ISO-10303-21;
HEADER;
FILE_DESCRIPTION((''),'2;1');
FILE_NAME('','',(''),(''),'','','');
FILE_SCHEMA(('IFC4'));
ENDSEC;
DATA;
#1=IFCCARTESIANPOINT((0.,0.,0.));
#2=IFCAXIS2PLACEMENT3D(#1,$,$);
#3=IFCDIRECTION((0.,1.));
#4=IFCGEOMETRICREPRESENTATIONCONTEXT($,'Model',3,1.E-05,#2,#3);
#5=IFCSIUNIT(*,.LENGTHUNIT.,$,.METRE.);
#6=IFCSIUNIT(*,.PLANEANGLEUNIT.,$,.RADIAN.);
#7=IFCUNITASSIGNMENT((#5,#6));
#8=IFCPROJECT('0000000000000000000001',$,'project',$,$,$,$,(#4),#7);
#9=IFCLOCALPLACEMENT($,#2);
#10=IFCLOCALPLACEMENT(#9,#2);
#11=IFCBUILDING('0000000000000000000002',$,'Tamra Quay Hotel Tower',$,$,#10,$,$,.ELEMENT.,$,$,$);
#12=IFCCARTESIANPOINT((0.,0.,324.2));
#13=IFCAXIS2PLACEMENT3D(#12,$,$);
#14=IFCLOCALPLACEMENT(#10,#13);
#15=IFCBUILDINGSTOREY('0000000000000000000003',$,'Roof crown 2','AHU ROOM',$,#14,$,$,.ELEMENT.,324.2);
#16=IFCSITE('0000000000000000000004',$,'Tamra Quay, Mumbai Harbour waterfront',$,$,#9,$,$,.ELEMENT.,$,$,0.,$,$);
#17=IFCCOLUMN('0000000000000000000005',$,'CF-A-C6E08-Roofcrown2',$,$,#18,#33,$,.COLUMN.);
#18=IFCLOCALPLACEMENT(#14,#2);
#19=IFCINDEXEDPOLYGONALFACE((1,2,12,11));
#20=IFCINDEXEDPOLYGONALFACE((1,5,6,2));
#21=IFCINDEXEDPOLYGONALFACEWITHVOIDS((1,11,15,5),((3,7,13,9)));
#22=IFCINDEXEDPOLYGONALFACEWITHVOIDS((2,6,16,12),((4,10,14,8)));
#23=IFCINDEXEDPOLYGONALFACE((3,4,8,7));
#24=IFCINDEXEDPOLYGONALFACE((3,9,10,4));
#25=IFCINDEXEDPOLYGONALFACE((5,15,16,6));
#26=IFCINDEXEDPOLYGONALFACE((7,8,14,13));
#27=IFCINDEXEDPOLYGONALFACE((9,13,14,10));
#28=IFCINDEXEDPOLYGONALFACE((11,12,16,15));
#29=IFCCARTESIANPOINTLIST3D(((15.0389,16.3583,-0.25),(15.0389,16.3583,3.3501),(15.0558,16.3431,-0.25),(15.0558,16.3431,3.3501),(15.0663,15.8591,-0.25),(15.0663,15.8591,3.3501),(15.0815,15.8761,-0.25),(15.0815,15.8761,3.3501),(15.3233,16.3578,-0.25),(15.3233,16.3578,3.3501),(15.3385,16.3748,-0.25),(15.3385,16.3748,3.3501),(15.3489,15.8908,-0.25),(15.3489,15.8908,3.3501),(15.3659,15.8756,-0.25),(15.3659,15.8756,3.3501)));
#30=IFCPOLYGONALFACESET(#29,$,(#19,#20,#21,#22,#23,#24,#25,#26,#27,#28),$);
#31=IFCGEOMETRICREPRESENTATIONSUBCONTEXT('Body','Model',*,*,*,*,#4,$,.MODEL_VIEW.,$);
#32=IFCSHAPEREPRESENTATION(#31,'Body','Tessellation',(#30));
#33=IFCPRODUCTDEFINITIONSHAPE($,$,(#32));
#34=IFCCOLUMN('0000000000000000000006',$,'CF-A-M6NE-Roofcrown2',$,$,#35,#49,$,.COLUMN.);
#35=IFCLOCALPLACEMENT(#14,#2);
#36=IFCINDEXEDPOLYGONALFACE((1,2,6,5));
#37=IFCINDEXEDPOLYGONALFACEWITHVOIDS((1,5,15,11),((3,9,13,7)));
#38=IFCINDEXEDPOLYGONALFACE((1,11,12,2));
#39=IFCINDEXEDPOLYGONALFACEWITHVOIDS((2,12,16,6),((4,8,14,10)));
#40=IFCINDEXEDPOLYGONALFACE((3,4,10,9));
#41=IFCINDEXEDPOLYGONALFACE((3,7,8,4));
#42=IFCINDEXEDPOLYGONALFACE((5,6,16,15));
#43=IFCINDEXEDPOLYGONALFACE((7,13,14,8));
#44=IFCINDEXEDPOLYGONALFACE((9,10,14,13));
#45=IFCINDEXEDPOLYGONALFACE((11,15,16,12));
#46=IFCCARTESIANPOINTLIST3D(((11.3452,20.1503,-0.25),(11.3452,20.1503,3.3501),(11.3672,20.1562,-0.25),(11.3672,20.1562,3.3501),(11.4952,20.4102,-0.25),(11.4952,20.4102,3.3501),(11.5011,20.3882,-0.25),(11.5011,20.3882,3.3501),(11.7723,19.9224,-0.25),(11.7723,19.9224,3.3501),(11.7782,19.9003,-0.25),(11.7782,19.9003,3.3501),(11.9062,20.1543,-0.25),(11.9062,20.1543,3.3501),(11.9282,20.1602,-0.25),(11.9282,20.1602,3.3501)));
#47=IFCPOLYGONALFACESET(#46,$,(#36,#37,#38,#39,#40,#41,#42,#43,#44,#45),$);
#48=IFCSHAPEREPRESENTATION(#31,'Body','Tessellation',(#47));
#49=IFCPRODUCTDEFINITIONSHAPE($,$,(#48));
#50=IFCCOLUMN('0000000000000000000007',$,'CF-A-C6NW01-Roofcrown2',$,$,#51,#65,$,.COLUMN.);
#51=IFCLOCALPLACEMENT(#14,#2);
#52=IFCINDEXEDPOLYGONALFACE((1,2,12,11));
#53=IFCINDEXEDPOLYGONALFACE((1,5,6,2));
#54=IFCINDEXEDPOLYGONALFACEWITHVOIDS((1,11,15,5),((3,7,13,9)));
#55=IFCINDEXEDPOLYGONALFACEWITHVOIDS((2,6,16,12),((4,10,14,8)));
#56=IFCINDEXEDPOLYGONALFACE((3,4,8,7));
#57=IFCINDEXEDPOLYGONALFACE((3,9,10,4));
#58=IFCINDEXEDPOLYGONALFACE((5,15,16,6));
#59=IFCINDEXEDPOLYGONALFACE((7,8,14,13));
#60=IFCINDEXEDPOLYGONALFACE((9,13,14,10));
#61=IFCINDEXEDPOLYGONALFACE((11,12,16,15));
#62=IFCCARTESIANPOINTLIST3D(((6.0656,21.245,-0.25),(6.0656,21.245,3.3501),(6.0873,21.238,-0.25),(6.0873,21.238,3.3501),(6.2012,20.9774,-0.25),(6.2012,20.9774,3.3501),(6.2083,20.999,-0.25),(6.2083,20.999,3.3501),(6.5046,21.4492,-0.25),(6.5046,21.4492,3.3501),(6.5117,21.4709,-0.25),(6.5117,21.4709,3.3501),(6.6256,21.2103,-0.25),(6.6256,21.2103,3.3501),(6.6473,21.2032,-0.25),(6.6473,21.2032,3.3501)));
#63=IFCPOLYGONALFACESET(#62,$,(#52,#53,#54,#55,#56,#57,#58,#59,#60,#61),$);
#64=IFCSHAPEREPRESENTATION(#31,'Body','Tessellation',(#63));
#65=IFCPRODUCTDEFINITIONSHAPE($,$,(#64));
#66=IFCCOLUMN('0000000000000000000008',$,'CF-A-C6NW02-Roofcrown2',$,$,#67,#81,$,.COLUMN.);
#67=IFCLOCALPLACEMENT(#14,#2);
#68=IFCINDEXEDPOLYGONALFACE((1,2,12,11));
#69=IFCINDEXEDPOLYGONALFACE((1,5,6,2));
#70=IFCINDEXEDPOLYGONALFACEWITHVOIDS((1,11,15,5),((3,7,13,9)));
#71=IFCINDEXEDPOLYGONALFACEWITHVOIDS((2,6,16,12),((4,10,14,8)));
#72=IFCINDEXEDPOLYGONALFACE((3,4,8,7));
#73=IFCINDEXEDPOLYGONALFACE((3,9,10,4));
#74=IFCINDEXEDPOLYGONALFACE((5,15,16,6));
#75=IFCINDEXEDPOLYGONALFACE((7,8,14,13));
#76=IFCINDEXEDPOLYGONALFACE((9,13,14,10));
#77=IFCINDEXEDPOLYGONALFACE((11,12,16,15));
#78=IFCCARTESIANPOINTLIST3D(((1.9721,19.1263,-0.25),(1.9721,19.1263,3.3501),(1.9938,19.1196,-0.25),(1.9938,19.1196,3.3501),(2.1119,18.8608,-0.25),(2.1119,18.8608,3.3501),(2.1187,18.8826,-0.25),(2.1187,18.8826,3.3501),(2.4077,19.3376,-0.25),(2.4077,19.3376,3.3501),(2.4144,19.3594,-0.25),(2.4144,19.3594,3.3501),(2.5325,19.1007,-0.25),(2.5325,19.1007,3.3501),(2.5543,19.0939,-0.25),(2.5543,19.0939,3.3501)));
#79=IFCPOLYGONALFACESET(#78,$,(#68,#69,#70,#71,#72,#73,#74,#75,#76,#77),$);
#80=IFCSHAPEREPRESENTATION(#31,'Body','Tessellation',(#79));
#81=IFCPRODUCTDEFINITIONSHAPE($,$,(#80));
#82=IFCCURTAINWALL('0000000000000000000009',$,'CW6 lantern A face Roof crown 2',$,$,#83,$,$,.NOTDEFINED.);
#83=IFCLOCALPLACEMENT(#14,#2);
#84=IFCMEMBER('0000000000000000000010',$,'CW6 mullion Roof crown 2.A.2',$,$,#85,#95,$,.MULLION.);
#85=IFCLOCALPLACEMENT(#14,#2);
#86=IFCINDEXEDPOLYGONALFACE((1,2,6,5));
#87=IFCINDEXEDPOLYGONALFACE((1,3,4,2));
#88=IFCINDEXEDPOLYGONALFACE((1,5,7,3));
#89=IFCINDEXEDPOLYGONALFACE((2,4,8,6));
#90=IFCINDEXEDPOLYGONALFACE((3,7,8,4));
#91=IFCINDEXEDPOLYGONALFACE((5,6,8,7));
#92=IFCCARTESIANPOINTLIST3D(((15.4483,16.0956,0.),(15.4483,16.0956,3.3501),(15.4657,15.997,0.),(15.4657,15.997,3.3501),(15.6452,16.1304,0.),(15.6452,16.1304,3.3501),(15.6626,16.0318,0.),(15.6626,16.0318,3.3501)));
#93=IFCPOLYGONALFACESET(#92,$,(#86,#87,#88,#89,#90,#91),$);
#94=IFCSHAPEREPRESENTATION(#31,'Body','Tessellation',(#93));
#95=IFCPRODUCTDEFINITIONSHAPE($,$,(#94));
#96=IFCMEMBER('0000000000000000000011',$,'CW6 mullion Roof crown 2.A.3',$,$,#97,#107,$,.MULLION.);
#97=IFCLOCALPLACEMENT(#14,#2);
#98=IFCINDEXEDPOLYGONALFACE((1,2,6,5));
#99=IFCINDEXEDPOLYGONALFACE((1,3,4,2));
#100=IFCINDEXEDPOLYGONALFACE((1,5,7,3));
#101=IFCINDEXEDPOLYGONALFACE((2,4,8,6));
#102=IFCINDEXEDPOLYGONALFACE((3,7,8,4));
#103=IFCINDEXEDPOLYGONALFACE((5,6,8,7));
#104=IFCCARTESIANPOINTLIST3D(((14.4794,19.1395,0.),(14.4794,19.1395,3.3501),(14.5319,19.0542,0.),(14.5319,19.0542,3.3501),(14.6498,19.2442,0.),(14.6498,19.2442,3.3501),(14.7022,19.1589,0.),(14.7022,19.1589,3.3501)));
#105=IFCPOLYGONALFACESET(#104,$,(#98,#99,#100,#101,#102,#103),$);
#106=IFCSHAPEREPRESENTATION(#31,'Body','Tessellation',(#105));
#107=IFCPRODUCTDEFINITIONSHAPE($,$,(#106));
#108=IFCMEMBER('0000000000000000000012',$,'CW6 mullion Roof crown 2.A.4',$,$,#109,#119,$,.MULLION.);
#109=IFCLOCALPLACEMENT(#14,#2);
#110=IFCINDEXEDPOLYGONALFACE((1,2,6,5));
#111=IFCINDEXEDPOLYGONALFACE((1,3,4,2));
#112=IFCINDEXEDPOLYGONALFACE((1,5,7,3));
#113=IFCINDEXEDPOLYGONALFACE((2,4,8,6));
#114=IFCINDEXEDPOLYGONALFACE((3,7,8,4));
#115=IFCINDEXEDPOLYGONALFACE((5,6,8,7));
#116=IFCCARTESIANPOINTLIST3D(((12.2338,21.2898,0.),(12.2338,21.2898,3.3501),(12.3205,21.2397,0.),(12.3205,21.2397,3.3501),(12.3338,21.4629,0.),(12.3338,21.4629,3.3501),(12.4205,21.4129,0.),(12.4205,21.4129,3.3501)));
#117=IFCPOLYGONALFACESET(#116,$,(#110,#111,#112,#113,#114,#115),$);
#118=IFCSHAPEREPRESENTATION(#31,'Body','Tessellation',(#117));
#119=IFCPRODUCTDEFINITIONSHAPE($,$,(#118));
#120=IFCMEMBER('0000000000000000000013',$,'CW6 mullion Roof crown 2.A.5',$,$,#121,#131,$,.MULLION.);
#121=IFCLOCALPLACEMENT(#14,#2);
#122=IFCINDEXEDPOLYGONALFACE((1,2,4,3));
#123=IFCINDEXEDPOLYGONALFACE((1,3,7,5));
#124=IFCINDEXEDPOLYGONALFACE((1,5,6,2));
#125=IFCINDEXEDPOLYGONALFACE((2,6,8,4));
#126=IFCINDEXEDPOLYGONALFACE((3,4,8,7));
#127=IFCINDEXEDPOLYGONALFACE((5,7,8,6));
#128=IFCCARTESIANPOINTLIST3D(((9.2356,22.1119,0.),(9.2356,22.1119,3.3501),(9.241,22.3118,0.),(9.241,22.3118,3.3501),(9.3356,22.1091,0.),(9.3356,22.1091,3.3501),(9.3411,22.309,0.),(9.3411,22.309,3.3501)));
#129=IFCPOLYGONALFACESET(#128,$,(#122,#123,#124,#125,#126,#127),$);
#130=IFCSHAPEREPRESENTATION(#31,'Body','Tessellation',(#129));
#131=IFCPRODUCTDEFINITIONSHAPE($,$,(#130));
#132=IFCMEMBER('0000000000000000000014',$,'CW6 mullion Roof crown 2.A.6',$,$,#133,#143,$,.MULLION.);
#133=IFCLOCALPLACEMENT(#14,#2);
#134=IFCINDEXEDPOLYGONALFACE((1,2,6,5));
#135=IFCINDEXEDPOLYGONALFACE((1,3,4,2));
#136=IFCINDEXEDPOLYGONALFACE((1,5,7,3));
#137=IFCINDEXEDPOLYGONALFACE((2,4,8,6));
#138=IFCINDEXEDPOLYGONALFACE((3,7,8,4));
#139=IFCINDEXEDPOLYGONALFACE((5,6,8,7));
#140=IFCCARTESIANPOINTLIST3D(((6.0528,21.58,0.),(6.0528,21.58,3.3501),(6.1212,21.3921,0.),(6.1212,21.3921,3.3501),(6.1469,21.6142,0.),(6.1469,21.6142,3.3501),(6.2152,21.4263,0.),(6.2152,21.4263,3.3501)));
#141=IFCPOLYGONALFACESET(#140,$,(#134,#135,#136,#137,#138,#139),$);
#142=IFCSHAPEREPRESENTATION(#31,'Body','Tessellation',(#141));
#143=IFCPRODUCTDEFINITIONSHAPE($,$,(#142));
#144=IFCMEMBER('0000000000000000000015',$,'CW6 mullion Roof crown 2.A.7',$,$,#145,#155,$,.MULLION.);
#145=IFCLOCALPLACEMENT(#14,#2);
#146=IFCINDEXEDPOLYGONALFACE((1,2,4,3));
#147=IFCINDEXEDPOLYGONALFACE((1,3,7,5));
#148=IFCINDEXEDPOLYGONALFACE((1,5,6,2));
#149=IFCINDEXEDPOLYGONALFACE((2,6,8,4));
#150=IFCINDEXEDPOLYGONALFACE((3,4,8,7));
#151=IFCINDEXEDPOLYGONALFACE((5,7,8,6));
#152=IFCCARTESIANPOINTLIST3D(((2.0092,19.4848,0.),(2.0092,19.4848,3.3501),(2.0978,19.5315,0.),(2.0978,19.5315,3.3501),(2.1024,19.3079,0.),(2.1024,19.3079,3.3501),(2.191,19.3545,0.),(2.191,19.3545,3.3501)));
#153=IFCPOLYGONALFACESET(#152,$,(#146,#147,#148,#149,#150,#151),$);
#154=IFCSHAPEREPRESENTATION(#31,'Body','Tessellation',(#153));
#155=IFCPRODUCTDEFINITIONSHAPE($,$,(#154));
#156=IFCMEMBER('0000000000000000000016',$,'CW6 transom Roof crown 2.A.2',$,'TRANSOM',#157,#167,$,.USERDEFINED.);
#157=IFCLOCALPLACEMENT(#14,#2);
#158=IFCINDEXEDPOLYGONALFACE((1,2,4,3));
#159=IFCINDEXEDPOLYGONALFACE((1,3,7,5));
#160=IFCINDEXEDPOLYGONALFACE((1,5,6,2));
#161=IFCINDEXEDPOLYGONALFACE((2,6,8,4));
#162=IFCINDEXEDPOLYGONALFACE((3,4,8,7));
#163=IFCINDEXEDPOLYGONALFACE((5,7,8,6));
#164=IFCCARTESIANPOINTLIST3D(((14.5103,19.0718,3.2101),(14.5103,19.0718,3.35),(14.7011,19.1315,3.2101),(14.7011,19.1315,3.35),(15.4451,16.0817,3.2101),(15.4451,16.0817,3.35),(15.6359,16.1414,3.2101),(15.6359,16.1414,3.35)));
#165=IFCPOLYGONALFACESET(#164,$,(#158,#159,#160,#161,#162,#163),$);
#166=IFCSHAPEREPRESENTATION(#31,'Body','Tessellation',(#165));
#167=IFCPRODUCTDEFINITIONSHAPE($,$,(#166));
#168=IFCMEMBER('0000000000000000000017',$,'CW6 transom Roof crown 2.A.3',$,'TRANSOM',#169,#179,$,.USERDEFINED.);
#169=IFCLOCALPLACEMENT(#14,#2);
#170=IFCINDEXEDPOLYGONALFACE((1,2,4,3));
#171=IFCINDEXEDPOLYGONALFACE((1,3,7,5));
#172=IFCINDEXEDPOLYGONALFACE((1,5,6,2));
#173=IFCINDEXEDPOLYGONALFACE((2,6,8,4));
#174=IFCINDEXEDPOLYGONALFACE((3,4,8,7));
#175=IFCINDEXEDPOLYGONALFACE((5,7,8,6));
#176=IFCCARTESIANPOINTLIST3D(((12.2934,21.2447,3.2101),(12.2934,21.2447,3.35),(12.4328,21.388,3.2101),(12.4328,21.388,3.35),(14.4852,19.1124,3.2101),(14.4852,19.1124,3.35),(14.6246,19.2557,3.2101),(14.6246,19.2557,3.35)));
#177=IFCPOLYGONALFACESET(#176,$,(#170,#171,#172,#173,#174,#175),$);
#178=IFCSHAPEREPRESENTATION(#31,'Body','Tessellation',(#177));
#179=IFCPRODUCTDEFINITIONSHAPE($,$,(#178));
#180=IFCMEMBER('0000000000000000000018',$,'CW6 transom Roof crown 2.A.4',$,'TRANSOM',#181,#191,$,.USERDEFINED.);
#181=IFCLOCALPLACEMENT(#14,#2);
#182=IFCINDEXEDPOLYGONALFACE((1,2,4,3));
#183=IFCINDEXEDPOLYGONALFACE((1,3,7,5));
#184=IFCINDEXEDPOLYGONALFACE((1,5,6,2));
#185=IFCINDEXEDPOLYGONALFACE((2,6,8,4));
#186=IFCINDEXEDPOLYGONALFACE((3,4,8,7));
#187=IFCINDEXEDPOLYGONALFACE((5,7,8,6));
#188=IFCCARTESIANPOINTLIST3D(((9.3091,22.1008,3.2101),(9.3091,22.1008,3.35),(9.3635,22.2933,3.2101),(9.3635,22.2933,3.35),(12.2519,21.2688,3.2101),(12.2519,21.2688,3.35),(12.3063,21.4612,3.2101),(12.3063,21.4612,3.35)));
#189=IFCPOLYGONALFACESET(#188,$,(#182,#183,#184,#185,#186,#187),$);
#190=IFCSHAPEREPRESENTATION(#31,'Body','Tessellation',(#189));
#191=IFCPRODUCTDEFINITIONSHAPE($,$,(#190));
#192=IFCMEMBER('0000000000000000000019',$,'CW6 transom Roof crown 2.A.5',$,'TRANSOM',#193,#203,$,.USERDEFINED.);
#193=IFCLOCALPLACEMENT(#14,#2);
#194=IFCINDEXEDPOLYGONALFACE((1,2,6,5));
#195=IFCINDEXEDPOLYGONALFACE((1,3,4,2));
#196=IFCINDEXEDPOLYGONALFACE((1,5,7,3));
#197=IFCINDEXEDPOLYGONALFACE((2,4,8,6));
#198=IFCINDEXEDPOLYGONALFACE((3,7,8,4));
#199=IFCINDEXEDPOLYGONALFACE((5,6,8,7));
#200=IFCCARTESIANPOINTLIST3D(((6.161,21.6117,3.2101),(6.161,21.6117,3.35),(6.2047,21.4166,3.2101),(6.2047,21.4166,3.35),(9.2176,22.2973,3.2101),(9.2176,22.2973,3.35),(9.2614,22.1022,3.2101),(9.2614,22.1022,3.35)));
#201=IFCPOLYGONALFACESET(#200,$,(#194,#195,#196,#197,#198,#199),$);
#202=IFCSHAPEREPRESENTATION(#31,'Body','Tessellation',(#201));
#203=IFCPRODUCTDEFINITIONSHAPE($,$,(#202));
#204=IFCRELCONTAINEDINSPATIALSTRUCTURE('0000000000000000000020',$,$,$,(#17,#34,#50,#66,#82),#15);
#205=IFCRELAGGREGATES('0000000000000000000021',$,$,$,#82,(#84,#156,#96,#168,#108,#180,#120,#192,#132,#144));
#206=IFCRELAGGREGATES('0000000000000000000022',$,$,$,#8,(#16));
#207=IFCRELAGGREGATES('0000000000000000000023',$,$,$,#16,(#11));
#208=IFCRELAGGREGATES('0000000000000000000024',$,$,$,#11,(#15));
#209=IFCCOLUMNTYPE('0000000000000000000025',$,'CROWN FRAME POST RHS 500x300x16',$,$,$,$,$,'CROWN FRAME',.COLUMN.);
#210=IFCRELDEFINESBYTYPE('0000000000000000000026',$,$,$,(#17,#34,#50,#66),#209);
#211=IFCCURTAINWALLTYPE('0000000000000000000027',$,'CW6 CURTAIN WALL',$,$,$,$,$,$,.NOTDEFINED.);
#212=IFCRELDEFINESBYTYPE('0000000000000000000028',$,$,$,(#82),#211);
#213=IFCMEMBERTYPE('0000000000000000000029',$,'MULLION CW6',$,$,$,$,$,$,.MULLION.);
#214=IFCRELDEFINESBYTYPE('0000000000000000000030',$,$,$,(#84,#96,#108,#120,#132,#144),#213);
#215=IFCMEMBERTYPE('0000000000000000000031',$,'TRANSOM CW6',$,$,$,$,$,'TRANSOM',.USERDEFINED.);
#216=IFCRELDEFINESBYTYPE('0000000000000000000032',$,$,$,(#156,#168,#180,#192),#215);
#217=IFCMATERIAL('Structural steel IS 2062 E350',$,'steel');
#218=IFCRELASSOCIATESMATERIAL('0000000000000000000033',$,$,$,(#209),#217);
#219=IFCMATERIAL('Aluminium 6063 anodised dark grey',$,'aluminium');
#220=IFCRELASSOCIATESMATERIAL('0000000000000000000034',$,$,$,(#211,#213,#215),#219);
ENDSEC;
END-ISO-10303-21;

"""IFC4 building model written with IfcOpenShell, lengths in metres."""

from ifc_helpers import new_model, si_unit, direction, frame, origin, origin_2d, place, context, subcontext, project, spatial, rectangle, hollow_rectangle, extrude, material, material_profile, profile_set, type_object, element, aggregate, save


model = new_model("IFC4")

# Units and contexts
model_context = context("Model", 3, precision=1e-05, world=origin(), true_north=direction((0.0, 1.0)))
body_context = subcontext(model_context, "Body", "Model", "MODEL_VIEW")
ifc_project = project(units=[si_unit("LENGTHUNIT", "METRE"), si_unit("PLANEANGLEUNIT", "RADIAN")], contexts=[model_context])

# Site, building, storey
site_placement = place(None, origin())
site = spatial("IfcSite", under=ifc_project, at=site_placement, Name="Tamra Quay, Mumbai Harbour waterfront", CompositionType="ELEMENT", RefElevation=0.0)
building_placement = place(site_placement, origin())
building = spatial("IfcBuilding", under=site, at=building_placement, Name="Tamra Quay Hotel Tower", CompositionType="ELEMENT")
storey_placement = place(building_placement, frame((0.0, 0.0, 324.2)))
storey = spatial("IfcBuildingStorey", under=building, at=storey_placement, Name="Roof crown 2", Description="AHU ROOM", CompositionType="ELEMENT", Elevation=324.2)

# Columns
ifc_material_1 = material(Name="Structural steel IS 2062 E350", Category="steel")
ifc_material_profile_1 = material_profile(ifc_material_1, hollow_rectangle(XDim=0.3, YDim=0.5, WallThickness=0.0161, at=origin_2d()), Name="RHS 500x300x16")
ifc_profile_set_1 = profile_set([ifc_material_profile_1], Name="Structural steel IS 2062 E350")
column_type = type_object("IfcColumnType", Name="CROWN FRAME POST RHS 500x300x16", ElementType="CROWN FRAME", PredefinedType="COLUMN", material=ifc_profile_set_1)
for number, where, z_axis, x_axis, name in (
    (1, (15.2024, 16.1169, -0.25), (0.0, 0.0, 1.0), (0.998491, 0.054917, 0.0), "CF-A-C6E08-Roofcrown2"),
    (2, (11.6367, 20.1553, -0.25), (0.0, 0.0, 1.0), (0.5, 0.866025, 0.0), "CF-A-M6NE-Roofcrown2"),
    (3, (6.3564, 21.2241, -0.25), (0.0, 0.0, 1.0), (-0.451686, 0.892177, 0.0), "CF-A-C6NW01-Roofcrown2"),
    (4, (2.2632, 19.1101, -0.25), (0.0, 0.0, 1.0), (-0.466118, 0.884723, 0.0), "CF-A-C6NW02-Roofcrown2"),
):
    element("IfcColumn", number, at=place(storey_placement, frame(where, z_axis=z_axis, x_axis=x_axis)), inside=storey, type_object=column_type, Name=name, PredefinedType="COLUMN", context=body_context, shape_type="SweptSolid", body=[
        extrude(hollow_rectangle(XDim=0.3, YDim=0.5, WallThickness=0.0161, at=origin_2d()), origin(), (0.0, 0.0, 1.0), 3.6001),
    ])

# Curtain wall, members
ifc_material_2 = material(Name="Aluminium 6063 anodised dark grey", Category="aluminium")
curtain_wall_type = type_object("IfcCurtainWallType", Name="CW6 CURTAIN WALL", PredefinedType="NOTDEFINED", material=ifc_material_2)
curtain_wall_placement = place(storey_placement, origin())
curtain_wall = element("IfcCurtainWall", 5, at=curtain_wall_placement, inside=storey, type_object=curtain_wall_type, Name="CW6 lantern A face Roof crown 2", PredefinedType="NOTDEFINED")
ifc_material_profile_2 = material_profile(ifc_material_2, rectangle(XDim=0.2, YDim=0.1001, at=origin_2d()), Name="MULLION 100X200")
ifc_profile_set_2 = profile_set([ifc_material_profile_2], Name="Aluminium 6063 anodised dark grey")
member_type_1 = type_object("IfcMemberType", Name="MULLION CW6", PredefinedType="MULLION", material=ifc_profile_set_2)
member_1_placement = place(storey_placement, frame((15.5554, 16.0637, 0.0), z_axis=(0.0, 0.0, 1.0), x_axis=(0.98474, 0.174032, 0.0)))
member_1 = element("IfcMember", 6, at=member_1_placement, type_object=member_type_1, Name="CW6 mullion Roof crown 2.A.2", PredefinedType="MULLION", context=body_context, shape_type="SweptSolid", body=[
    extrude(rectangle(XDim=0.2, YDim=0.1001, at=origin_2d()), origin(), (0.0, 0.0, 1.0), 3.3501),
])
member_2_placement = place(storey_placement, frame((14.5908, 19.1492, 0.0), z_axis=(0.0, 0.0, 1.0), x_axis=(0.851964, 0.5236, 0.0)))
member_2 = element("IfcMember", 7, at=member_2_placement, type_object=member_type_1, Name="CW6 mullion Roof crown 2.A.3", PredefinedType="MULLION", context=body_context, shape_type="SweptSolid", body=[
    extrude(rectangle(XDim=0.2, YDim=0.1001, at=origin_2d()), origin(), (0.0, 0.0, 1.0), 3.3501),
])
member_3_placement = place(storey_placement, frame((12.3271, 21.3513, 0.0), z_axis=(0.0, 0.0, 1.0), x_axis=(0.5, 0.866025, 0.0)))
member_3 = element("IfcMember", 8, at=member_3_placement, type_object=member_type_1, Name="CW6 mullion Roof crown 2.A.4", PredefinedType="MULLION", context=body_context, shape_type="SweptSolid", body=[
    extrude(rectangle(XDim=0.2, YDim=0.1001, at=origin_2d()), origin(), (0.0, 0.0, 1.0), 3.3501),
])
member_4_placement = place(storey_placement, frame((9.2883, 22.2104, 0.0), z_axis=(0.0, 0.0, 1.0), x_axis=(0.027469, 0.999623, 0.0)))
member_4 = element("IfcMember", 9, at=member_4_placement, type_object=member_type_1, Name="CW6 mullion Roof crown 2.A.5", PredefinedType="MULLION", context=body_context, shape_type="SweptSolid", body=[
    extrude(rectangle(XDim=0.2, YDim=0.1001, at=origin_2d()), origin(), (0.0, 0.0, 1.0), 3.3501),
])
member_5_placement = place(storey_placement, frame((6.134, 21.5032, 0.0), z_axis=(0.0, 0.0, 1.0), x_axis=(-0.341653, 0.939826, 0.0)))
member_5 = element("IfcMember", 10, at=member_5_placement, type_object=member_type_1, Name="CW6 mullion Roof crown 2.A.6", PredefinedType="MULLION", context=body_context, shape_type="SweptSolid", body=[
    extrude(rectangle(XDim=0.2, YDim=0.1001, at=origin_2d()), origin(), (0.0, 0.0, 1.0), 3.3501),
])
member_6_placement = place(storey_placement, frame((2.1001, 19.4197, 0.0), z_axis=(0.0, 0.0, 1.0), x_axis=(-0.465816, 0.884882, 0.0)))
member_6 = element("IfcMember", 11, at=member_6_placement, type_object=member_type_1, Name="CW6 mullion Roof crown 2.A.7", PredefinedType="MULLION", context=body_context, shape_type="SweptSolid", body=[
    extrude(rectangle(XDim=0.2, YDim=0.1001, at=origin_2d()), origin(), (0.0, 0.0, 1.0), 3.3501),
])
ifc_material_profile_3 = material_profile(ifc_material_2, rectangle(XDim=0.2, YDim=0.1399, at=origin_2d()), Name="TRANSOM 200X140")
ifc_profile_set_3 = profile_set([ifc_material_profile_3], Name="Aluminium 6063 anodised dark grey")
member_type_2 = type_object("IfcMemberType", Name="TRANSOM CW6", ElementType="TRANSOM", PredefinedType="USERDEFINED", material=ifc_profile_set_3)
member_7_placement = place(storey_placement, frame((15.5405, 16.1116, 3.28), z_axis=(-0.298404, 0.95444, 0.0), x_axis=(-0.95444, -0.298404, 0.0)))
member_7 = element("IfcMember", 12, at=member_7_placement, type_object=member_type_2, Name="CW6 transom Roof crown 2.A.2", ObjectType="TRANSOM", PredefinedType="USERDEFINED", context=body_context, shape_type="SweptSolid", body=[
    extrude(rectangle(XDim=0.2, YDim=0.1399, at=origin_2d()), origin(), (0.0, 0.0, 1.0), 3.1328),
])
member_8_placement = place(storey_placement, frame((14.5549, 19.1841, 3.28), z_axis=(-0.71678, 0.6973, 0.0), x_axis=(-0.6973, -0.71678, 0.0)))
member_8 = element("IfcMember", 13, at=member_8_placement, type_object=member_type_2, Name="CW6 transom Roof crown 2.A.3", ObjectType="TRANSOM", PredefinedType="USERDEFINED", context=body_context, shape_type="SweptSolid", body=[
    extrude(rectangle(XDim=0.2, YDim=0.1399, at=origin_2d()), origin(), (0.0, 0.0, 1.0), 3.0579),
])
member_9_placement = place(storey_placement, frame((12.2791, 21.365, 3.28), z_axis=(-0.962274, 0.272084, 0.0), x_axis=(-0.272084, -0.962274, 0.0)))
member_9 = element("IfcMember", 14, at=member_9_placement, type_object=member_type_2, Name="CW6 transom Roof crown 2.A.4", ObjectType="TRANSOM", PredefinedType="USERDEFINED", context=body_context, shape_type="SweptSolid", body=[
    extrude(rectangle(XDim=0.2, YDim=0.1399, at=origin_2d()), origin(), (0.0, 0.0, 1.0), 3.0581),
])
member_10_placement = place(storey_placement, frame((9.2395, 22.1997, 3.28), z_axis=(-0.97576, -0.218845, 0.0), x_axis=(0.218845, -0.97576, 0.0)))
member_10 = element("IfcMember", 15, at=member_10_placement, type_object=member_type_2, Name="CW6 transom Roof crown 2.A.5", ObjectType="TRANSOM", PredefinedType="USERDEFINED", context=body_context, shape_type="SweptSolid", body=[
    extrude(rectangle(XDim=0.2, YDim=0.1399, at=origin_2d()), origin(), (0.0, 0.0, 1.0), 3.1326),
])
aggregate(curtain_wall, [member_1, member_7, member_2, member_8, member_3, member_9, member_4, member_10, member_5, member_6])

save(model, "model.ifc")
